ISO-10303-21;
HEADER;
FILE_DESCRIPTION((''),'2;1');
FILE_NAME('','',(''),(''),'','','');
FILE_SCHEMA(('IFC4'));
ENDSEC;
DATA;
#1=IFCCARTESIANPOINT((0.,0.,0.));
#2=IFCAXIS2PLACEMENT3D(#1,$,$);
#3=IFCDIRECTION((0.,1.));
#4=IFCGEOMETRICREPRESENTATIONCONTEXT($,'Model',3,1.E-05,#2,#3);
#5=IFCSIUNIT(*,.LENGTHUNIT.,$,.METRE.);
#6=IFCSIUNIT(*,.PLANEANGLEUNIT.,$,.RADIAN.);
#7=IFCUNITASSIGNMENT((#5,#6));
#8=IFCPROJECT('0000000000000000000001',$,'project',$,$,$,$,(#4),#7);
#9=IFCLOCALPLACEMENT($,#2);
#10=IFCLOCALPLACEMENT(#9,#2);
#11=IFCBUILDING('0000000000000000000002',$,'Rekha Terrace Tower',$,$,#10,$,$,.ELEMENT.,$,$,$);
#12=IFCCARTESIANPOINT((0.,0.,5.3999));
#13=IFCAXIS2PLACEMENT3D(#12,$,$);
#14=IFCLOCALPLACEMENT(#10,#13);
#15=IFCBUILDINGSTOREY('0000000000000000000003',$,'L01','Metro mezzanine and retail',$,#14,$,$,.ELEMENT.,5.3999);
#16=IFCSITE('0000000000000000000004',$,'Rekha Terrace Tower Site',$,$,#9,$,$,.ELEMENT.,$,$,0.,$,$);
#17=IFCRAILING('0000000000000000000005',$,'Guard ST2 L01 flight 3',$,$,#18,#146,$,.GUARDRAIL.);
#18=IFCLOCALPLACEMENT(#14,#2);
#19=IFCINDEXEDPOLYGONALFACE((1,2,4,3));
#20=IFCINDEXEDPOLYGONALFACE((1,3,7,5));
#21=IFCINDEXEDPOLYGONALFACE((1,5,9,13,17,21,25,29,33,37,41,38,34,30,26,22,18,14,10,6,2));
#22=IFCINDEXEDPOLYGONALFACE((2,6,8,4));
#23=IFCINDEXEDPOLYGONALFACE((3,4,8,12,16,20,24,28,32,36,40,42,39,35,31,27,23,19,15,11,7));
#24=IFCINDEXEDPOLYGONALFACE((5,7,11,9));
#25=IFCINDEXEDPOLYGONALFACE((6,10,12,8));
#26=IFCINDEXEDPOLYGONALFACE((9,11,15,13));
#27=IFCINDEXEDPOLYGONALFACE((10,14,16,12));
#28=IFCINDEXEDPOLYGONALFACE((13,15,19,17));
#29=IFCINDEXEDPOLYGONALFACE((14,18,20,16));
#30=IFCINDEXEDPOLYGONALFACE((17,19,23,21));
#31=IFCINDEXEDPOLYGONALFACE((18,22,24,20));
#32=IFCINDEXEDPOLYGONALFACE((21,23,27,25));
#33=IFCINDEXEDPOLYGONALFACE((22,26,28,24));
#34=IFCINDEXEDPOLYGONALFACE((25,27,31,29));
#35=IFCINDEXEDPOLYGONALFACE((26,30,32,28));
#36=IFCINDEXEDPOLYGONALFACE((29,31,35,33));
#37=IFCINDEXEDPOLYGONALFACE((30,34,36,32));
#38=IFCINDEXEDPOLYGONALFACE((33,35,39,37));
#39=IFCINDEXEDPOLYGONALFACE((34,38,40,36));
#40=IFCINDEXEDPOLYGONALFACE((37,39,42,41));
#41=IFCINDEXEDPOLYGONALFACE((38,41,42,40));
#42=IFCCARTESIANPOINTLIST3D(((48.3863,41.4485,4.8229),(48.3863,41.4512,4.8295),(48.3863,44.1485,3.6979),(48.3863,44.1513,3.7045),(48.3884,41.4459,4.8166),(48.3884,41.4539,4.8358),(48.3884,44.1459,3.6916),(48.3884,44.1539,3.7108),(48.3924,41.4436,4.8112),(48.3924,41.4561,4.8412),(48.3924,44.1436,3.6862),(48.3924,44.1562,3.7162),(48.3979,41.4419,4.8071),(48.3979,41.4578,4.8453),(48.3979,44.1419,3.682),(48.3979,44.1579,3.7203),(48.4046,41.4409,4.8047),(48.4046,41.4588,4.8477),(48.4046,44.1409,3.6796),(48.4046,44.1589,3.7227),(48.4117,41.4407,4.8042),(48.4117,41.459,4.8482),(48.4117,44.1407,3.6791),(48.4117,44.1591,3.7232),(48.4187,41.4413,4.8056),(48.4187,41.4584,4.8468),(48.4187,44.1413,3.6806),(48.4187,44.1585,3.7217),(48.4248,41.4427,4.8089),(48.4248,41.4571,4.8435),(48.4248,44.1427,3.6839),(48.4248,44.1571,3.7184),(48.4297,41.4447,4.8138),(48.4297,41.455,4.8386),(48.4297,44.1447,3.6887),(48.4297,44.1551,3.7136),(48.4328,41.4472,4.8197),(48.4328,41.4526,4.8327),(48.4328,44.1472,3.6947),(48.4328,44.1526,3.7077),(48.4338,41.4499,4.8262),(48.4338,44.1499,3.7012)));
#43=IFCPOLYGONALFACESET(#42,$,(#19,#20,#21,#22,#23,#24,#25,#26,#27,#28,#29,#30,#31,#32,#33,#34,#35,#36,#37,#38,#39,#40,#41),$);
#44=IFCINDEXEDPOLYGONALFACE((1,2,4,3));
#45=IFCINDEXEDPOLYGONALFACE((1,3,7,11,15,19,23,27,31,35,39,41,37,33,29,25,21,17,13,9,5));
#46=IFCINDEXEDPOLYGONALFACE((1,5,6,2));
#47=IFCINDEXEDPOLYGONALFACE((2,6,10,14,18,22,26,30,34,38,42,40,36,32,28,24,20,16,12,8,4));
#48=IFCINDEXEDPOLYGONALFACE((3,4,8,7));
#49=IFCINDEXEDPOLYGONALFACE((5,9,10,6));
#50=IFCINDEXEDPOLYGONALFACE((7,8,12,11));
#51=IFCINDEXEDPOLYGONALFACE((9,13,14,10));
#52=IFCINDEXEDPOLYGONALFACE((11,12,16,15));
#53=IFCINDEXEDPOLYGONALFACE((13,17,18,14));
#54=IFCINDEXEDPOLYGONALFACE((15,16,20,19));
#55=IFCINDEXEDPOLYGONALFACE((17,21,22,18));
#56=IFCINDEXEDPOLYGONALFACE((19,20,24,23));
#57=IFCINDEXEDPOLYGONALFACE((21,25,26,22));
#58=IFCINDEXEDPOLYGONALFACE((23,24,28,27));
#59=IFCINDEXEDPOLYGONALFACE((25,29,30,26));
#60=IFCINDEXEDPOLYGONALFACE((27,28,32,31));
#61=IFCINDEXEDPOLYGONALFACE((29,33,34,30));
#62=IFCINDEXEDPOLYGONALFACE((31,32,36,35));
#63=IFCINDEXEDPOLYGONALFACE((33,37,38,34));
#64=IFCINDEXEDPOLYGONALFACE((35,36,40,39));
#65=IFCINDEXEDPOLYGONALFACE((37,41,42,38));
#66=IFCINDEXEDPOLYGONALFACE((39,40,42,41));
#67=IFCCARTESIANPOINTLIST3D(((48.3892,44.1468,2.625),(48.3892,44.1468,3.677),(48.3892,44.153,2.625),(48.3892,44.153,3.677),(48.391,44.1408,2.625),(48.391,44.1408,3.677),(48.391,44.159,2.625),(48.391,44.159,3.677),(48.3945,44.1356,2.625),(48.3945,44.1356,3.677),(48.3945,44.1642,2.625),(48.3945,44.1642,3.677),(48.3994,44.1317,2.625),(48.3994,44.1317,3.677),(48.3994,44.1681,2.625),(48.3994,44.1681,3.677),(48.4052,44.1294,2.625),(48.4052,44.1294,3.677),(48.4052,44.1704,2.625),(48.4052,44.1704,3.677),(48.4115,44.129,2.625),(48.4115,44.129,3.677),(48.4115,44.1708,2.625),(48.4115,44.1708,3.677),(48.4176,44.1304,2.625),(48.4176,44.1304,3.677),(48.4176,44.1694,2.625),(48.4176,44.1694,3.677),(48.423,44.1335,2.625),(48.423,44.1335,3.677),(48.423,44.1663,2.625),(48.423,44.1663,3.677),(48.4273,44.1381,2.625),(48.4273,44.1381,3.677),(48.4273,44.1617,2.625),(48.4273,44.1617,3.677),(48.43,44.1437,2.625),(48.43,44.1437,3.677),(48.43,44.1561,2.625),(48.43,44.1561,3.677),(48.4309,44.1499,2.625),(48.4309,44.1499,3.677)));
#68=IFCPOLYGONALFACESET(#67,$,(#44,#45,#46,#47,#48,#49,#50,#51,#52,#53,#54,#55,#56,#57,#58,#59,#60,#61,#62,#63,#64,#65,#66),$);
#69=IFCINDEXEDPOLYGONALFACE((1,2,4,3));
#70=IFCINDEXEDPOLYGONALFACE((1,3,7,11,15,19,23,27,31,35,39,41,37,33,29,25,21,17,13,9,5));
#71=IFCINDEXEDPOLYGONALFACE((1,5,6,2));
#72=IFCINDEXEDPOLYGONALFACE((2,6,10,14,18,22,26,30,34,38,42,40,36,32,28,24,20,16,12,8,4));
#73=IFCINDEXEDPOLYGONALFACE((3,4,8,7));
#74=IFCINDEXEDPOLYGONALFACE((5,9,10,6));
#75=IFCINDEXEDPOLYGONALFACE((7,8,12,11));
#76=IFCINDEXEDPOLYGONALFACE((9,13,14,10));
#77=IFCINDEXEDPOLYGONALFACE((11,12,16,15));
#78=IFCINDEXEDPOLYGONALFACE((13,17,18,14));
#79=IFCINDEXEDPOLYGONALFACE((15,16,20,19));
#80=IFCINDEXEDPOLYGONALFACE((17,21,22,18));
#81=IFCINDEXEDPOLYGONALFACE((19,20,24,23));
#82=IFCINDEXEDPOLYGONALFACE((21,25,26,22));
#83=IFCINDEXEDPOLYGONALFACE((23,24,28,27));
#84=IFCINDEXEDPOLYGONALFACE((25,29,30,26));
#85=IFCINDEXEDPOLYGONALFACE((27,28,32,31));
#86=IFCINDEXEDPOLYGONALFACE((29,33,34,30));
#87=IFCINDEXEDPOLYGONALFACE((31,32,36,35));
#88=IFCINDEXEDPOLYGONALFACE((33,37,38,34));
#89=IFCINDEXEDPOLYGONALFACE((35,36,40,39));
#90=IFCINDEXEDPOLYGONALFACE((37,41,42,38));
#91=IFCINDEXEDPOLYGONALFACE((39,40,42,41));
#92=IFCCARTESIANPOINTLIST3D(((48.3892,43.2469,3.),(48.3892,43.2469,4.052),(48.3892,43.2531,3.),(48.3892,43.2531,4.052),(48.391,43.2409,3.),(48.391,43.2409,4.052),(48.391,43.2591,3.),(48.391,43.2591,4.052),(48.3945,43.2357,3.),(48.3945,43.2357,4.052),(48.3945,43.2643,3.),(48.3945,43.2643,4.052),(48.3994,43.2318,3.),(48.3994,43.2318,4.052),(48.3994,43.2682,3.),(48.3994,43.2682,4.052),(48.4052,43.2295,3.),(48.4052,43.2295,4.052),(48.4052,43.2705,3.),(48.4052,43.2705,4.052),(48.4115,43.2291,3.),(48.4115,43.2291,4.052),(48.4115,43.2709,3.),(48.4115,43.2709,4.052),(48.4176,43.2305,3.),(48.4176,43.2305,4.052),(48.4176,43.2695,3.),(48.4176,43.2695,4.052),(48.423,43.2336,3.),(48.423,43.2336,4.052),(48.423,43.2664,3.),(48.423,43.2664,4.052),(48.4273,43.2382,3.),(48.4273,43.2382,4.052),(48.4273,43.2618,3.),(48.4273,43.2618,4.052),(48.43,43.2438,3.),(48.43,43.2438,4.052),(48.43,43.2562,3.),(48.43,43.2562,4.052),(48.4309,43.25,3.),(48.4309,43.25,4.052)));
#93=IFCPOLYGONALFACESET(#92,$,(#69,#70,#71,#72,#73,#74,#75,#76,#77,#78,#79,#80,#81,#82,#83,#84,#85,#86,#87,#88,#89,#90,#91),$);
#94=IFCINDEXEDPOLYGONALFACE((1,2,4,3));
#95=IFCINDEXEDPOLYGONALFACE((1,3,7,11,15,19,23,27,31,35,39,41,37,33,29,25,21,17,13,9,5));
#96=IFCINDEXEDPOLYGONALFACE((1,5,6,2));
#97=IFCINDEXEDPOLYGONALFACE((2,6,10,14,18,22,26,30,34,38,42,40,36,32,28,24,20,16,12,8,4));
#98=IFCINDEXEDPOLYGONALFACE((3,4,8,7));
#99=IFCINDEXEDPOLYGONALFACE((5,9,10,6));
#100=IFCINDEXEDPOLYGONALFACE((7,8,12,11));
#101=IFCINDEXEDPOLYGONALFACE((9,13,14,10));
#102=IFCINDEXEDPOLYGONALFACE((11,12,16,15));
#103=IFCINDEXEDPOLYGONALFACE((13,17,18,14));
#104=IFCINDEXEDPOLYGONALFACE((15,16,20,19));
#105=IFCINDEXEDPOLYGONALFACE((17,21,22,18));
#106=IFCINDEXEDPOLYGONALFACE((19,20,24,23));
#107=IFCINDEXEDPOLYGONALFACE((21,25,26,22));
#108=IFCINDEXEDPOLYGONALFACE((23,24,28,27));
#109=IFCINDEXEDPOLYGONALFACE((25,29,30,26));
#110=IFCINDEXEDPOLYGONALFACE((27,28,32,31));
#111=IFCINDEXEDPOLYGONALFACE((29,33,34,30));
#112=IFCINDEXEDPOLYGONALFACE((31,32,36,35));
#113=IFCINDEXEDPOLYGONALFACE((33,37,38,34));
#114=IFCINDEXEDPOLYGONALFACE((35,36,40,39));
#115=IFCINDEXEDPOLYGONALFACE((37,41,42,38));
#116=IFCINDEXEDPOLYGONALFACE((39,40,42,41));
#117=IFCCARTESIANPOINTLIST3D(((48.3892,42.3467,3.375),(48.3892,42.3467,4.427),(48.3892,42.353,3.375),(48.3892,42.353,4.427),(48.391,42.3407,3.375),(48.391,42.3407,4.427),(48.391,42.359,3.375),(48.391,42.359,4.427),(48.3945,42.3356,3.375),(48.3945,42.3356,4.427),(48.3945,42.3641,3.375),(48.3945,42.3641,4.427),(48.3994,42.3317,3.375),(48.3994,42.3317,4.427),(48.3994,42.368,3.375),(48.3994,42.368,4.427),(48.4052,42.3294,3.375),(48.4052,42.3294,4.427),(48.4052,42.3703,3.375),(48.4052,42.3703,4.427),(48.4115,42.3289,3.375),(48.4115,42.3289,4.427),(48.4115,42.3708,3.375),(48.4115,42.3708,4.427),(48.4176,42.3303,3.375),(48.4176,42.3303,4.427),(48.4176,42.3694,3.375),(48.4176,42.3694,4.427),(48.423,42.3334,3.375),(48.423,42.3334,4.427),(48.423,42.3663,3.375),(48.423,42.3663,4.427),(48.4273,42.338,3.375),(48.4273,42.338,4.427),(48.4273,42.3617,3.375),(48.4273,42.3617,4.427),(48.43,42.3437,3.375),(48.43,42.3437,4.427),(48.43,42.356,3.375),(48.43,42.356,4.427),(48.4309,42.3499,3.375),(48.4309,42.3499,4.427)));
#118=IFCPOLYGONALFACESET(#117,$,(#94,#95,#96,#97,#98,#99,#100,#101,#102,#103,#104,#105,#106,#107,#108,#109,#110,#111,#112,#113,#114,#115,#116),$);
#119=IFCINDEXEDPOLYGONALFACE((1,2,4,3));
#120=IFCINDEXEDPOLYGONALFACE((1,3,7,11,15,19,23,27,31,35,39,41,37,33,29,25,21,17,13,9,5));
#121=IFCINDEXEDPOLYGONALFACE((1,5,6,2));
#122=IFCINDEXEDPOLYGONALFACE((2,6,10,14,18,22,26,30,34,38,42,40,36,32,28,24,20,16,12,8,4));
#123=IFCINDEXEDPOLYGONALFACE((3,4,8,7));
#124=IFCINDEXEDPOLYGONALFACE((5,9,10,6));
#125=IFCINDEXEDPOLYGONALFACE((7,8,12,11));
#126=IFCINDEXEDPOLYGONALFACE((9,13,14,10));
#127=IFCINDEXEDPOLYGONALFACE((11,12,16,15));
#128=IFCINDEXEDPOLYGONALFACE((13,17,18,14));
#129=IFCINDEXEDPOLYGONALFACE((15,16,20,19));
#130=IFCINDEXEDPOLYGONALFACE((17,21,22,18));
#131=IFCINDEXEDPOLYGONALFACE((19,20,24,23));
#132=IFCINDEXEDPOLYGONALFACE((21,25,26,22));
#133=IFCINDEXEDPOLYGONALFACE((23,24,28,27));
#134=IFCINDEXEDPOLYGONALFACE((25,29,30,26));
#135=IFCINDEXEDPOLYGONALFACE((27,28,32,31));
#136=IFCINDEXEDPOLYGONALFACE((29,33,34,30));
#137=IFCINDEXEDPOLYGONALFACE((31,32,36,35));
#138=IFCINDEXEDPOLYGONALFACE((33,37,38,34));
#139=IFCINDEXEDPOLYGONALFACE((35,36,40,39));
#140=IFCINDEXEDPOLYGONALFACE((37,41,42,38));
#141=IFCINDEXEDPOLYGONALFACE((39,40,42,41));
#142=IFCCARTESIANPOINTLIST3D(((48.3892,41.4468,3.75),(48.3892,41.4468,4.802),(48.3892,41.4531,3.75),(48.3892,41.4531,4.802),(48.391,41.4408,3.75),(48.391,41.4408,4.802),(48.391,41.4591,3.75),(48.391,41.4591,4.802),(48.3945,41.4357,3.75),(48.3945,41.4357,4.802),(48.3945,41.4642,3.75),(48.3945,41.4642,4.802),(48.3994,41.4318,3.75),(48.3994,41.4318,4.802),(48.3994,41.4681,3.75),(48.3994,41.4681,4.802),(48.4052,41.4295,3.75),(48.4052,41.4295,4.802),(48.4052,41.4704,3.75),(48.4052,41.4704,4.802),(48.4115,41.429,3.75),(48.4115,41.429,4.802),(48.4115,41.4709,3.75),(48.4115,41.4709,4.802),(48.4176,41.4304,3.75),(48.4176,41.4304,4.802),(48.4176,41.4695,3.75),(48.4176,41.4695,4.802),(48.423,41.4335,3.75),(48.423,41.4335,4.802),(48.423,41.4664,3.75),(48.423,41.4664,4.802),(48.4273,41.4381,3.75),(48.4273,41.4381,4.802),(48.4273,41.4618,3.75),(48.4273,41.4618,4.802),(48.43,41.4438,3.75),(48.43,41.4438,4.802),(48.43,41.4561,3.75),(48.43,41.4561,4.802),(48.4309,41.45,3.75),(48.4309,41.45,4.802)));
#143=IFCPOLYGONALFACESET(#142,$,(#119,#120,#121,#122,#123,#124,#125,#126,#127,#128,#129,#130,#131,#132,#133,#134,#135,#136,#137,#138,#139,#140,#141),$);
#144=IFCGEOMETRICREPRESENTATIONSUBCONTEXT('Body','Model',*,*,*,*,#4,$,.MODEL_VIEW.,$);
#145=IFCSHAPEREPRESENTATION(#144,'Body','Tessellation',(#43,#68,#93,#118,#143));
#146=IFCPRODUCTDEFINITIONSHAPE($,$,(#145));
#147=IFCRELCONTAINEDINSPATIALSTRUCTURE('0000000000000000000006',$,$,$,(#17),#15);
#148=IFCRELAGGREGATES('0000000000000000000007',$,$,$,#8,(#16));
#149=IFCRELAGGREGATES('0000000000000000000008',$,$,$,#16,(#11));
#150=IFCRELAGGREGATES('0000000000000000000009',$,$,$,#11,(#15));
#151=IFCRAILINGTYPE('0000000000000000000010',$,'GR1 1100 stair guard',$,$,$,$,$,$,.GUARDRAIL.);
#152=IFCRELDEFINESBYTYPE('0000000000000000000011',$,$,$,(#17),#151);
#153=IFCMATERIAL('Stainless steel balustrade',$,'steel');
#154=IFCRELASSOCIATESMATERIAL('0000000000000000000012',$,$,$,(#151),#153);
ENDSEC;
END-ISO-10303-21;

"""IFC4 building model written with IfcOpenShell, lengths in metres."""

from ifc_helpers import new_model, si_unit, direction, frame, origin, origin_2d, place, context, subcontext, project, spatial, circle, extrude, material, type_object, element, save


model = new_model("IFC4")

# Units and contexts
model_context = context("Model", 3, precision=1e-05, world=origin(), true_north=direction((0.0, 1.0)))
body_context = subcontext(model_context, "Body", "Model", "MODEL_VIEW")
ifc_project = project(units=[si_unit("LENGTHUNIT", "METRE"), si_unit("PLANEANGLEUNIT", "RADIAN")], contexts=[model_context])

# Site, building, storey
site_placement = place(None, origin())
site = spatial("IfcSite", under=ifc_project, at=site_placement, Name="Rekha Terrace Tower Site", CompositionType="ELEMENT", RefElevation=0.0)
building_placement = place(site_placement, origin())
building = spatial("IfcBuilding", under=site, at=building_placement, Name="Rekha Terrace Tower", CompositionType="ELEMENT")
storey_placement = place(building_placement, frame((0.0, 0.0, 5.3999)))
storey = spatial("IfcBuildingStorey", under=building, at=storey_placement, Name="L01", Description="Metro mezzanine and retail", CompositionType="ELEMENT", Elevation=5.3999)

# Railing
ifc_material_1 = material(Name="Stainless steel balustrade", Category="steel")
railing_type_1 = type_object("IfcRailingType", Name="GR1 1100 stair guard", PredefinedType="GUARDRAIL", material=ifc_material_1)
railing_1_placement = place(storey_placement, frame((48.4099, 44.1499, 2.625)))
element("IfcRailing", 1, at=railing_1_placement, inside=storey, type_object=railing_type_1, Name="Guard ST2 L01 flight 3", PredefinedType="GUARDRAIL", context=body_context, shape_type="SweptSolid", body=[
    extrude(circle(Radius=0.0239, at=origin_2d()), frame((0.0, 0.0, 1.0762), z_axis=(0.0, -0.923074, 0.384621), x_axis=(1.0, 0.0, 0.0)), (0.0, 0.0, 1.0), 2.925),
    extrude(circle(Radius=0.021, at=origin_2d()), origin(), (0.0, 0.0, 1.0), 1.052),
    extrude(circle(Radius=0.021, at=origin_2d()), frame((0.0, -0.8999, 0.375)), (0.0, 0.0, 1.0), 1.052),
    extrude(circle(Radius=0.021, at=origin_2d()), frame((0.0, -1.8, 0.75)), (0.0, 0.0, 1.0), 1.052),
    extrude(circle(Radius=0.021, at=origin_2d()), frame((0.0, -2.7, 1.125)), (0.0, 0.0, 1.0), 1.052),
])

save(model, "model.ifc")
